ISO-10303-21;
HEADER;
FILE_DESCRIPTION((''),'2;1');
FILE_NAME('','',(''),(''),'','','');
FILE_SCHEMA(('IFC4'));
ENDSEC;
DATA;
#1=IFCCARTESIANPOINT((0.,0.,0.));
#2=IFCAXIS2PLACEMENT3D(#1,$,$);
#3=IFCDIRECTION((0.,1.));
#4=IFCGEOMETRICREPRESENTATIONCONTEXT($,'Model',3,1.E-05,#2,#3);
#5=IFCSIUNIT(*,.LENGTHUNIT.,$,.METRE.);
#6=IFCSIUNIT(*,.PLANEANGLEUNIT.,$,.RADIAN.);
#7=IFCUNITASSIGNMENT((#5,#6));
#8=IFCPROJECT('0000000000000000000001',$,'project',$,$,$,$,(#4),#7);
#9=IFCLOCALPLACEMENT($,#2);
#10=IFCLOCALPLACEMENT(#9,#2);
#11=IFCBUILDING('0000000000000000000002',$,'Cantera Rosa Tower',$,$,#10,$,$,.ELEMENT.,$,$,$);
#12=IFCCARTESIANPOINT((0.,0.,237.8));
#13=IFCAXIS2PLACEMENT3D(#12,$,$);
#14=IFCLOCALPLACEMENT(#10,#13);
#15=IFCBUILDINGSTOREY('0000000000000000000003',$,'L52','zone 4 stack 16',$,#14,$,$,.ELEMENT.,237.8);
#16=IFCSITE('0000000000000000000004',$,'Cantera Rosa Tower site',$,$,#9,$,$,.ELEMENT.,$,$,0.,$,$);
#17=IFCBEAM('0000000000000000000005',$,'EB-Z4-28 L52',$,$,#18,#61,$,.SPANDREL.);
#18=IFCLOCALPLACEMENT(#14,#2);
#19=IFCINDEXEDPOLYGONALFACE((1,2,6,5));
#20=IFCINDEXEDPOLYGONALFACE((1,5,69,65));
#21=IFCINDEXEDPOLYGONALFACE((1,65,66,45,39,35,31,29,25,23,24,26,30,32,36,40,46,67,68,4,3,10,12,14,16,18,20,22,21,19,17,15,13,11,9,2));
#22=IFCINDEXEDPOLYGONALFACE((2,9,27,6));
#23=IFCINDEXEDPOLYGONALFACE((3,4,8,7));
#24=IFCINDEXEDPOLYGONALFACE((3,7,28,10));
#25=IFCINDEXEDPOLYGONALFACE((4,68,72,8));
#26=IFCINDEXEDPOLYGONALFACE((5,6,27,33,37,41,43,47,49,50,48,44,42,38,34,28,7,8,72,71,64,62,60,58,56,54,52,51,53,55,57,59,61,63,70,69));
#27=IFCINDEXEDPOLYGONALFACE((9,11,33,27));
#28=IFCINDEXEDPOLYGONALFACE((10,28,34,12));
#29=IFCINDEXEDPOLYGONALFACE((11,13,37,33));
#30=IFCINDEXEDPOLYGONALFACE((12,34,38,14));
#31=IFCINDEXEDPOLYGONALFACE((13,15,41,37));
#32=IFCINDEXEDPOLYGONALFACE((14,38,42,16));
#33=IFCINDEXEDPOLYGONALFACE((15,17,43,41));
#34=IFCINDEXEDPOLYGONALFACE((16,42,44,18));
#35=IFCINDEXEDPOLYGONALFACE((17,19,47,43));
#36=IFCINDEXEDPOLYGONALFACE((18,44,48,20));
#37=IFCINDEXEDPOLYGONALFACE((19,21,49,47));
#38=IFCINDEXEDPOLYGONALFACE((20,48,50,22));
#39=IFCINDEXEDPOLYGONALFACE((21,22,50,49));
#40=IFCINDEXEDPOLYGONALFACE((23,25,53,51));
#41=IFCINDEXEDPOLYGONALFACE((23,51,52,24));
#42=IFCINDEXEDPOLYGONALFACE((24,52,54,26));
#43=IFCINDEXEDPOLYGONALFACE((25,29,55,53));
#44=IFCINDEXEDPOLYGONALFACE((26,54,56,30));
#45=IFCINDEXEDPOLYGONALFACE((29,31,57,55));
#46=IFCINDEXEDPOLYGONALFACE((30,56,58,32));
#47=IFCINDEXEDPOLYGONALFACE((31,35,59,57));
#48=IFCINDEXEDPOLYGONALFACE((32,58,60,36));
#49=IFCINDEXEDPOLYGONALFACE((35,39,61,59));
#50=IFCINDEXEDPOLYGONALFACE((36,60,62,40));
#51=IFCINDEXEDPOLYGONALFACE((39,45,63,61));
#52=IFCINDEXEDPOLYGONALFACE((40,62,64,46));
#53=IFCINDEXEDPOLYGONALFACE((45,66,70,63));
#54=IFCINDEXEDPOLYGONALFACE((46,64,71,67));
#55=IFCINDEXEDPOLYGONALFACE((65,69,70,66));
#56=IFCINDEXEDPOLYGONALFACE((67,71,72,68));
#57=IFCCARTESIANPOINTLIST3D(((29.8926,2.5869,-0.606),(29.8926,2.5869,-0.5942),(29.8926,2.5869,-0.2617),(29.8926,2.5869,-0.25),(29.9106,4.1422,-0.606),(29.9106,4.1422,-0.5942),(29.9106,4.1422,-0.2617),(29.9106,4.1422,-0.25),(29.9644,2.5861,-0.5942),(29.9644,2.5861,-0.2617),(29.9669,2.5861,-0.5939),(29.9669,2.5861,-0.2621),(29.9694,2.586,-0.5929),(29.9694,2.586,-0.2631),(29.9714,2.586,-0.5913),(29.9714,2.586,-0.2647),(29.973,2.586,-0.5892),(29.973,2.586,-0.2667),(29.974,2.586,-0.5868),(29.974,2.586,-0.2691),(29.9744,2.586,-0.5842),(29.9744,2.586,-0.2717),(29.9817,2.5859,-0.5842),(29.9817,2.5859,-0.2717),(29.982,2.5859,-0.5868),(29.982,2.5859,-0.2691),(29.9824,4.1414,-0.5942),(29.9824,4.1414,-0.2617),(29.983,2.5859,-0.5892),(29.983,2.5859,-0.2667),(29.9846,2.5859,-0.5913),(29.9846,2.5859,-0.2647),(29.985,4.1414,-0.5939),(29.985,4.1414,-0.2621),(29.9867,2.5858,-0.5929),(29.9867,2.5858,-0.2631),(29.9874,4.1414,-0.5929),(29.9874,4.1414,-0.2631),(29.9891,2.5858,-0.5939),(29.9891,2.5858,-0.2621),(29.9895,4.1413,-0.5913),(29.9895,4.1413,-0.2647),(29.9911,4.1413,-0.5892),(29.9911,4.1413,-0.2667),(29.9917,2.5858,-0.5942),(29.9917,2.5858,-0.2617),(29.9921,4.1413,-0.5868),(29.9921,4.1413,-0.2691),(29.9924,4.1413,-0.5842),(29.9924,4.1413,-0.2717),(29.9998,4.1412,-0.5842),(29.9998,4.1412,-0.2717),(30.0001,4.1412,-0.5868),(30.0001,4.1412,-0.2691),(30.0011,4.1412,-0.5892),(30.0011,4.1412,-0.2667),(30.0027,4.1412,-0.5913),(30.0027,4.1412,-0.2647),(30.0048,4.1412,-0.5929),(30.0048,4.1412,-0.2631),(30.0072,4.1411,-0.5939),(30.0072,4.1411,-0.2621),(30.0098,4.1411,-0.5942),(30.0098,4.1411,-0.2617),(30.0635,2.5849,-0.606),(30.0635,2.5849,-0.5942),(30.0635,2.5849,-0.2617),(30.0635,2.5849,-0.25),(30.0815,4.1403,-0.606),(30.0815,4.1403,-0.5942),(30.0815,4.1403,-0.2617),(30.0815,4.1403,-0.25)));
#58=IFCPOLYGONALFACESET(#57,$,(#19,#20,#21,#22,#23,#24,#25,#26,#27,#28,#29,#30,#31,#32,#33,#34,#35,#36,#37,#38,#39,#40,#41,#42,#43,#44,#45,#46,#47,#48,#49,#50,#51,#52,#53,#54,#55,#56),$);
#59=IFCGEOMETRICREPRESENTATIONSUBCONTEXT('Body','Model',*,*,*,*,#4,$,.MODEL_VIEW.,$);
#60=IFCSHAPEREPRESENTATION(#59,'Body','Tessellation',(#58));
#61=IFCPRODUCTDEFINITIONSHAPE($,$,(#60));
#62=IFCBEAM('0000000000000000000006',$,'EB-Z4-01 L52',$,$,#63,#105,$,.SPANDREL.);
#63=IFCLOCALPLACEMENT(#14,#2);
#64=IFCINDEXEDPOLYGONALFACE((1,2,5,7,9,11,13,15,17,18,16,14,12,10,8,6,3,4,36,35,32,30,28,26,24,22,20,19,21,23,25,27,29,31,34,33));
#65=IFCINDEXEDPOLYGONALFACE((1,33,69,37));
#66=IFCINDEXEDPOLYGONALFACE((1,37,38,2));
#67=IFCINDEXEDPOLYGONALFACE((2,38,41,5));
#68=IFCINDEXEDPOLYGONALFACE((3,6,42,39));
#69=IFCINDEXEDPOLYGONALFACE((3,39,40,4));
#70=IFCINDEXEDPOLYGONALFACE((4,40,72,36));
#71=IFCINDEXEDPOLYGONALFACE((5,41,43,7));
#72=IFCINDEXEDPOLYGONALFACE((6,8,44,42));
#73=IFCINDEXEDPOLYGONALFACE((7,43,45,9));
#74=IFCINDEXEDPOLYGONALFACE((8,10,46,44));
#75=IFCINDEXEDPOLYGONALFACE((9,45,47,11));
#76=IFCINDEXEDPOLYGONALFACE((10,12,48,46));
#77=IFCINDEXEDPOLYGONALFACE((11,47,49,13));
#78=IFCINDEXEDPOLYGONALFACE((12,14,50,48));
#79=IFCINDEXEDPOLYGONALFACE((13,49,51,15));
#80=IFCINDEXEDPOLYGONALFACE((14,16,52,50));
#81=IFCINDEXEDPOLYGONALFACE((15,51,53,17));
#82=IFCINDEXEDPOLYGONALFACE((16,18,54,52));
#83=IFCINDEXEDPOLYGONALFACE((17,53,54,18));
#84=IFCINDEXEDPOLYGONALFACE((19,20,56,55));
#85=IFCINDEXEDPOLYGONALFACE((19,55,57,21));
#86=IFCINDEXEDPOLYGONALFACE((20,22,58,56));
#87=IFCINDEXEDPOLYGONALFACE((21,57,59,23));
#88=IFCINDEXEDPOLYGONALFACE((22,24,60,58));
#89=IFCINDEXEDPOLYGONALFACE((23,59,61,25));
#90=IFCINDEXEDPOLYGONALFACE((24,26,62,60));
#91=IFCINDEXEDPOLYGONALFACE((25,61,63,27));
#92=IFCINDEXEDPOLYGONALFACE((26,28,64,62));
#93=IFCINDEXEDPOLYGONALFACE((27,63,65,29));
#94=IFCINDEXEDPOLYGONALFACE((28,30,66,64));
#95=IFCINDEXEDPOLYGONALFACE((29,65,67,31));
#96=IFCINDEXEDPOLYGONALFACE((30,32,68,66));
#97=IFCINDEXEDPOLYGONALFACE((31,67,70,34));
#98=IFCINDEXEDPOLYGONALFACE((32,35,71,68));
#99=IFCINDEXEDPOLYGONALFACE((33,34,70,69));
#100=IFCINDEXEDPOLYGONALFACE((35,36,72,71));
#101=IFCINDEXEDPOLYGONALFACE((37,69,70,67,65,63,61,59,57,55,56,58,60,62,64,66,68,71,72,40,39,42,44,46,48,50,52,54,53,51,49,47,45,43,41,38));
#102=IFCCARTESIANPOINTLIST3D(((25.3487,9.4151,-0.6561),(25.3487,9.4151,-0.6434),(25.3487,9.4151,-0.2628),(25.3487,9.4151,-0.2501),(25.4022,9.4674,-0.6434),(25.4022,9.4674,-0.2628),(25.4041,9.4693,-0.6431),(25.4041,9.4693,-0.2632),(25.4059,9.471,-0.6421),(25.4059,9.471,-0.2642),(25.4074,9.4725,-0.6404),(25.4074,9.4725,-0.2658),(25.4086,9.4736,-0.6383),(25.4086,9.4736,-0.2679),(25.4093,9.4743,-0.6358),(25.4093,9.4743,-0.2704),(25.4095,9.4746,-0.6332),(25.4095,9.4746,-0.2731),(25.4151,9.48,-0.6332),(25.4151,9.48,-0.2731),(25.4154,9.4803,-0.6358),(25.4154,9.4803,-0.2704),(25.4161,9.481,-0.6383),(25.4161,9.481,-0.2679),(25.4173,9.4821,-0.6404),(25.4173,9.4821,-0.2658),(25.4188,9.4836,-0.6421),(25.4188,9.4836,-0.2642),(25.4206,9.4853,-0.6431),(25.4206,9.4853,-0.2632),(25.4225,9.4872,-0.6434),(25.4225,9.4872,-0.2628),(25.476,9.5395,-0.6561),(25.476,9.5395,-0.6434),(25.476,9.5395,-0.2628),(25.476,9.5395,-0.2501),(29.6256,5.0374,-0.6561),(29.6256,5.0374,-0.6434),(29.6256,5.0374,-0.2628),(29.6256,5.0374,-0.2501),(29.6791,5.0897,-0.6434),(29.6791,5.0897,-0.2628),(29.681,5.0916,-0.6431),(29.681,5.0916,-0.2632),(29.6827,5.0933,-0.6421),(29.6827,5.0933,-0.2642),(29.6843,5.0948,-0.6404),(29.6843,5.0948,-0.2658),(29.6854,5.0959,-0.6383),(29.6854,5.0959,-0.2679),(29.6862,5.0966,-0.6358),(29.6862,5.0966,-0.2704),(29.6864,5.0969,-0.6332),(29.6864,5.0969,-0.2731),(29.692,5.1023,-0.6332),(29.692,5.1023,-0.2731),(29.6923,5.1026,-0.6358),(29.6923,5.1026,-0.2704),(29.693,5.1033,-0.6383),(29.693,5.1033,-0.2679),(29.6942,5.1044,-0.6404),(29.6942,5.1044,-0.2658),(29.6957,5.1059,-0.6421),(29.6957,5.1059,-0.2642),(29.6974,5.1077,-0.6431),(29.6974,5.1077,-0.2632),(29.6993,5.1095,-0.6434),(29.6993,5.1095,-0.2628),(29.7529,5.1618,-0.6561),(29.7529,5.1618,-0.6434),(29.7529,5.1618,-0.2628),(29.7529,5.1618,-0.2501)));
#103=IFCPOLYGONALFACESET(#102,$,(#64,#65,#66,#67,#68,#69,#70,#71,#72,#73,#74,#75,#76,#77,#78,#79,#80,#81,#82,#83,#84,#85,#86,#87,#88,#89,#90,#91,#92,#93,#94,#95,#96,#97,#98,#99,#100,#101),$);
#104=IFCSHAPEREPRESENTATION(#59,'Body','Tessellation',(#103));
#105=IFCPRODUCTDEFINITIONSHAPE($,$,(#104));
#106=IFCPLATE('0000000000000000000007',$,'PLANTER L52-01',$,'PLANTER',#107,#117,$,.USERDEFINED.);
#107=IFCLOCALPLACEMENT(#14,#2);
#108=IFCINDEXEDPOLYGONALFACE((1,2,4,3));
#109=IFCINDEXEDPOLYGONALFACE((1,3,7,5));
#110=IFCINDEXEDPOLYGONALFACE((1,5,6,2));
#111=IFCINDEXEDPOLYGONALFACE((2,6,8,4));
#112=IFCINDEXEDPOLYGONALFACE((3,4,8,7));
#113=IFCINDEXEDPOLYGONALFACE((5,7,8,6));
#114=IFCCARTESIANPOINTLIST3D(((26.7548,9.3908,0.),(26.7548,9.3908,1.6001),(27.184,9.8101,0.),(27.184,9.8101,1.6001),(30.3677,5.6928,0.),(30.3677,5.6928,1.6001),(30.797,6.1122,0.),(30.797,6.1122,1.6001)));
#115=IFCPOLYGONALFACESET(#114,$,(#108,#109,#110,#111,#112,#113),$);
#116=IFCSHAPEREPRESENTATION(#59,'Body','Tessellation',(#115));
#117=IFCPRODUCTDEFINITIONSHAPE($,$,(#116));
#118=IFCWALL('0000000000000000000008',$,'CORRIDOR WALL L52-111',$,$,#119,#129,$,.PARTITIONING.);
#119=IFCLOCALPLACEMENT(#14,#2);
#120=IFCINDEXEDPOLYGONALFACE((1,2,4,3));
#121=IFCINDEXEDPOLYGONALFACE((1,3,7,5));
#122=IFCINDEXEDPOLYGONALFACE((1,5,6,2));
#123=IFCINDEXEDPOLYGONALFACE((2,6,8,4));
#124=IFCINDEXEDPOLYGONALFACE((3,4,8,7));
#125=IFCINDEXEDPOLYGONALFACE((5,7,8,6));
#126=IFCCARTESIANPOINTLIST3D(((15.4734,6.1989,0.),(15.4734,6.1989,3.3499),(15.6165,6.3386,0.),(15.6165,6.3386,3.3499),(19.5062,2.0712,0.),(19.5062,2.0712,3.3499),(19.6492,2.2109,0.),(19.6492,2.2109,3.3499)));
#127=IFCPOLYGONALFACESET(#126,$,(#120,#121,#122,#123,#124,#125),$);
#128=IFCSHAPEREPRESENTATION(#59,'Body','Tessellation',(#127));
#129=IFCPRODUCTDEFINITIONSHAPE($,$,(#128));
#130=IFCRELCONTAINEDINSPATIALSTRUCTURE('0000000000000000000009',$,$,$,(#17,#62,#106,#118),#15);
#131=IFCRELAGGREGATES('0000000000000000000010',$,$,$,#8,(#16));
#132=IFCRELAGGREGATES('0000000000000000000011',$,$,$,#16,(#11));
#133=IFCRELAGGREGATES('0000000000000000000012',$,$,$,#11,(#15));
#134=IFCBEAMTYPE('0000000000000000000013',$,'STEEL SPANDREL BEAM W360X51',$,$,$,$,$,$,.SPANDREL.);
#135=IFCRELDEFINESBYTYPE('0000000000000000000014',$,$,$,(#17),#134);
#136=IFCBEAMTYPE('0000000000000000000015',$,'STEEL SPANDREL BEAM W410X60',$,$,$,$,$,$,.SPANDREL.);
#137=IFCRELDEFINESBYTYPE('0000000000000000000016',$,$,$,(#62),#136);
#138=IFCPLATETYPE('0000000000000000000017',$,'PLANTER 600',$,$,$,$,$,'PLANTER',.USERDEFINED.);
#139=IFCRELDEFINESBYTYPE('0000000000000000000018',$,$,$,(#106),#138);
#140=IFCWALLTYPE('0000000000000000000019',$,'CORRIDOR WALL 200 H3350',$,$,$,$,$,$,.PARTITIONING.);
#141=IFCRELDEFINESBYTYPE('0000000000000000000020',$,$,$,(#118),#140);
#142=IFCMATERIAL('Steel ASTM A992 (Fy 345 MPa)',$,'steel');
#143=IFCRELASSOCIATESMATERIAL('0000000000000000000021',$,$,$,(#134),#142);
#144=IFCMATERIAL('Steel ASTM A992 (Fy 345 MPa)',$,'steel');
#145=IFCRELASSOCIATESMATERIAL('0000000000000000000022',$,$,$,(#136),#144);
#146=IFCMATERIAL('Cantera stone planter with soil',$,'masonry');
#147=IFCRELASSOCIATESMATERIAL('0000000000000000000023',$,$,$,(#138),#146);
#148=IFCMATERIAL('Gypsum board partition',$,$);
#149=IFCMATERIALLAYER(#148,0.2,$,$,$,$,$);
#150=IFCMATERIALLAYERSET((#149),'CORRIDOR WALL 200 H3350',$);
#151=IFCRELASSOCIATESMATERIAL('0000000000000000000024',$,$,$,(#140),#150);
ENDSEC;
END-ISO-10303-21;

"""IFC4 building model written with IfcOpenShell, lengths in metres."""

from ifc_helpers import new_model, si_unit, direction, frame, frame_2d, origin, origin_2d, place, context, subcontext, project, spatial, rectangle, i_section, extrude, material, layer, layer_set, material_profile, profile_set, type_object, element, save


model = new_model("IFC4")

# Units and contexts
model_context = context("Model", 3, precision=1e-05, world=origin(), true_north=direction((0.0, 1.0)))
body_context = subcontext(model_context, "Body", "Model", "MODEL_VIEW")
ifc_project = project(units=[si_unit("LENGTHUNIT", "METRE"), si_unit("PLANEANGLEUNIT", "RADIAN")], contexts=[model_context])

# Site, building, storey
site_placement = place(None, origin())
site = spatial("IfcSite", under=ifc_project, at=site_placement, Name="Cantera Rosa Tower site", CompositionType="ELEMENT", RefElevation=0.0)
building_placement = place(site_placement, origin())
building = spatial("IfcBuilding", under=site, at=building_placement, Name="Cantera Rosa Tower", CompositionType="ELEMENT")
storey_placement = place(building_placement, frame((0.0, 0.0, 237.8)))
storey = spatial("IfcBuildingStorey", under=building, at=storey_placement, Name="L52", Description="zone 4 stack 16", CompositionType="ELEMENT", Elevation=237.8)

# Beams
ifc_material_1 = material(Name="Steel ASTM A992 (Fy 345 MPa)", Category="steel")
ifc_material_profile_1 = material_profile(ifc_material_1, i_section(OverallWidth=0.1709, OverallDepth=0.356, WebThickness=0.0073, FlangeThickness=0.0117, FilletRadius=0.01, at=origin_2d()), Name="W360X51")
ifc_profile_set_1 = profile_set([ifc_material_profile_1], Name="Steel ASTM A992 (Fy 345 MPa)")
beam_type_1 = type_object("IfcBeamType", Name="STEEL SPANDREL BEAM W360X51", PredefinedType="SPANDREL", material=ifc_profile_set_1)
beam_1_placement = place(storey_placement, frame((29.978, 2.5859, -0.428), z_axis=(0.011614, 0.999933, 0.0), x_axis=(-0.999933, 0.011614, 0.0)))
element("IfcBeam", 1, at=beam_1_placement, inside=storey, type_object=beam_type_1, Name="EB-Z4-28 L52", PredefinedType="SPANDREL", context=body_context, shape_type="SweptSolid", body=[
    extrude(i_section(OverallWidth=0.1709, OverallDepth=0.356, WebThickness=0.0073, FlangeThickness=0.0117, FilletRadius=0.01, at=origin_2d()), origin(), (0.0, 0.0, 1.0), 1.5554),
])
ifc_material_2 = material(Name="Steel ASTM A992 (Fy 345 MPa)", Category="steel")
ifc_material_profile_2 = material_profile(ifc_material_2, i_section(OverallWidth=0.178, OverallDepth=0.406, WebThickness=0.0078, FlangeThickness=0.0127, FilletRadius=0.0103, at=origin_2d()), Name="W410X60")
ifc_profile_set_2 = profile_set([ifc_material_profile_2], Name="Steel ASTM A992 (Fy 345 MPa)")
beam_type_2 = type_object("IfcBeamType", Name="STEEL SPANDREL BEAM W410X60", PredefinedType="SPANDREL", material=ifc_profile_set_2)
beam_2_placement = place(storey_placement, frame((29.6892, 5.0996, -0.4531), z_axis=(-0.698821, 0.715296, 0.0), x_axis=(-0.715296, -0.698821, 0.0)))
element("IfcBeam", 2, at=beam_2_placement, inside=storey, type_object=beam_type_2, Name="EB-Z4-01 L52", PredefinedType="SPANDREL", context=body_context, shape_type="SweptSolid", body=[
    extrude(i_section(OverallWidth=0.178, OverallDepth=0.406, WebThickness=0.0078, FlangeThickness=0.0127, FilletRadius=0.0103, at=origin_2d()), origin(), (0.0, 0.0, 1.0), 6.1201),
])

# Plate
ifc_material_3 = material(Name="Cantera stone planter with soil", Category="masonry")
plate_type = type_object("IfcPlateType", Name="PLANTER 600", ElementType="PLANTER", PredefinedType="USERDEFINED", material=ifc_material_3)
plate_placement = place(storey_placement, frame((28.7759, 7.7515, 0.0), z_axis=(0.0, 0.0, 1.0), x_axis=(-0.698832, 0.715286, 0.0)))
element("IfcPlate", 3, at=plate_placement, inside=storey, type_object=plate_type, Name="PLANTER L52-01", ObjectType="PLANTER", PredefinedType="USERDEFINED", context=body_context, shape_type="SweptSolid", body=[
    extrude(rectangle(XDim=5.1699, YDim=0.6001, at=origin_2d()), origin(), (0.0, 0.0, 1.0), 1.6001),
])

# Wall
ifc_material_4 = material(Name="Gypsum board partition")
ifc_layer_1 = layer(ifc_material_4, 0.2)
ifc_layer_set_1 = layer_set([ifc_layer_1], Name="CORRIDOR WALL 200 H3350")
wall_type_1 = type_object("IfcWallType", Name="CORRIDOR WALL 200 H3350", PredefinedType="PARTITIONING", material=ifc_layer_set_1)
wall_1_placement = place(storey_placement, frame((19.5776, 2.1411, 0.0), z_axis=(0.0, 0.0, 1.0), x_axis=(-0.69883, 0.715288, 0.0)))
element("IfcWall", 4, at=wall_1_placement, inside=storey, type_object=wall_type_1, Name="CORRIDOR WALL L52-111", PredefinedType="PARTITIONING", context=body_context, shape_type="SweptSolid", body=[
    extrude(rectangle(XDim=5.7708, YDim=0.2, at=frame_2d((2.8853, 0.0))), origin(), (0.0, 0.0, 1.0), 3.3499),
])

save(model, "model.ifc")
